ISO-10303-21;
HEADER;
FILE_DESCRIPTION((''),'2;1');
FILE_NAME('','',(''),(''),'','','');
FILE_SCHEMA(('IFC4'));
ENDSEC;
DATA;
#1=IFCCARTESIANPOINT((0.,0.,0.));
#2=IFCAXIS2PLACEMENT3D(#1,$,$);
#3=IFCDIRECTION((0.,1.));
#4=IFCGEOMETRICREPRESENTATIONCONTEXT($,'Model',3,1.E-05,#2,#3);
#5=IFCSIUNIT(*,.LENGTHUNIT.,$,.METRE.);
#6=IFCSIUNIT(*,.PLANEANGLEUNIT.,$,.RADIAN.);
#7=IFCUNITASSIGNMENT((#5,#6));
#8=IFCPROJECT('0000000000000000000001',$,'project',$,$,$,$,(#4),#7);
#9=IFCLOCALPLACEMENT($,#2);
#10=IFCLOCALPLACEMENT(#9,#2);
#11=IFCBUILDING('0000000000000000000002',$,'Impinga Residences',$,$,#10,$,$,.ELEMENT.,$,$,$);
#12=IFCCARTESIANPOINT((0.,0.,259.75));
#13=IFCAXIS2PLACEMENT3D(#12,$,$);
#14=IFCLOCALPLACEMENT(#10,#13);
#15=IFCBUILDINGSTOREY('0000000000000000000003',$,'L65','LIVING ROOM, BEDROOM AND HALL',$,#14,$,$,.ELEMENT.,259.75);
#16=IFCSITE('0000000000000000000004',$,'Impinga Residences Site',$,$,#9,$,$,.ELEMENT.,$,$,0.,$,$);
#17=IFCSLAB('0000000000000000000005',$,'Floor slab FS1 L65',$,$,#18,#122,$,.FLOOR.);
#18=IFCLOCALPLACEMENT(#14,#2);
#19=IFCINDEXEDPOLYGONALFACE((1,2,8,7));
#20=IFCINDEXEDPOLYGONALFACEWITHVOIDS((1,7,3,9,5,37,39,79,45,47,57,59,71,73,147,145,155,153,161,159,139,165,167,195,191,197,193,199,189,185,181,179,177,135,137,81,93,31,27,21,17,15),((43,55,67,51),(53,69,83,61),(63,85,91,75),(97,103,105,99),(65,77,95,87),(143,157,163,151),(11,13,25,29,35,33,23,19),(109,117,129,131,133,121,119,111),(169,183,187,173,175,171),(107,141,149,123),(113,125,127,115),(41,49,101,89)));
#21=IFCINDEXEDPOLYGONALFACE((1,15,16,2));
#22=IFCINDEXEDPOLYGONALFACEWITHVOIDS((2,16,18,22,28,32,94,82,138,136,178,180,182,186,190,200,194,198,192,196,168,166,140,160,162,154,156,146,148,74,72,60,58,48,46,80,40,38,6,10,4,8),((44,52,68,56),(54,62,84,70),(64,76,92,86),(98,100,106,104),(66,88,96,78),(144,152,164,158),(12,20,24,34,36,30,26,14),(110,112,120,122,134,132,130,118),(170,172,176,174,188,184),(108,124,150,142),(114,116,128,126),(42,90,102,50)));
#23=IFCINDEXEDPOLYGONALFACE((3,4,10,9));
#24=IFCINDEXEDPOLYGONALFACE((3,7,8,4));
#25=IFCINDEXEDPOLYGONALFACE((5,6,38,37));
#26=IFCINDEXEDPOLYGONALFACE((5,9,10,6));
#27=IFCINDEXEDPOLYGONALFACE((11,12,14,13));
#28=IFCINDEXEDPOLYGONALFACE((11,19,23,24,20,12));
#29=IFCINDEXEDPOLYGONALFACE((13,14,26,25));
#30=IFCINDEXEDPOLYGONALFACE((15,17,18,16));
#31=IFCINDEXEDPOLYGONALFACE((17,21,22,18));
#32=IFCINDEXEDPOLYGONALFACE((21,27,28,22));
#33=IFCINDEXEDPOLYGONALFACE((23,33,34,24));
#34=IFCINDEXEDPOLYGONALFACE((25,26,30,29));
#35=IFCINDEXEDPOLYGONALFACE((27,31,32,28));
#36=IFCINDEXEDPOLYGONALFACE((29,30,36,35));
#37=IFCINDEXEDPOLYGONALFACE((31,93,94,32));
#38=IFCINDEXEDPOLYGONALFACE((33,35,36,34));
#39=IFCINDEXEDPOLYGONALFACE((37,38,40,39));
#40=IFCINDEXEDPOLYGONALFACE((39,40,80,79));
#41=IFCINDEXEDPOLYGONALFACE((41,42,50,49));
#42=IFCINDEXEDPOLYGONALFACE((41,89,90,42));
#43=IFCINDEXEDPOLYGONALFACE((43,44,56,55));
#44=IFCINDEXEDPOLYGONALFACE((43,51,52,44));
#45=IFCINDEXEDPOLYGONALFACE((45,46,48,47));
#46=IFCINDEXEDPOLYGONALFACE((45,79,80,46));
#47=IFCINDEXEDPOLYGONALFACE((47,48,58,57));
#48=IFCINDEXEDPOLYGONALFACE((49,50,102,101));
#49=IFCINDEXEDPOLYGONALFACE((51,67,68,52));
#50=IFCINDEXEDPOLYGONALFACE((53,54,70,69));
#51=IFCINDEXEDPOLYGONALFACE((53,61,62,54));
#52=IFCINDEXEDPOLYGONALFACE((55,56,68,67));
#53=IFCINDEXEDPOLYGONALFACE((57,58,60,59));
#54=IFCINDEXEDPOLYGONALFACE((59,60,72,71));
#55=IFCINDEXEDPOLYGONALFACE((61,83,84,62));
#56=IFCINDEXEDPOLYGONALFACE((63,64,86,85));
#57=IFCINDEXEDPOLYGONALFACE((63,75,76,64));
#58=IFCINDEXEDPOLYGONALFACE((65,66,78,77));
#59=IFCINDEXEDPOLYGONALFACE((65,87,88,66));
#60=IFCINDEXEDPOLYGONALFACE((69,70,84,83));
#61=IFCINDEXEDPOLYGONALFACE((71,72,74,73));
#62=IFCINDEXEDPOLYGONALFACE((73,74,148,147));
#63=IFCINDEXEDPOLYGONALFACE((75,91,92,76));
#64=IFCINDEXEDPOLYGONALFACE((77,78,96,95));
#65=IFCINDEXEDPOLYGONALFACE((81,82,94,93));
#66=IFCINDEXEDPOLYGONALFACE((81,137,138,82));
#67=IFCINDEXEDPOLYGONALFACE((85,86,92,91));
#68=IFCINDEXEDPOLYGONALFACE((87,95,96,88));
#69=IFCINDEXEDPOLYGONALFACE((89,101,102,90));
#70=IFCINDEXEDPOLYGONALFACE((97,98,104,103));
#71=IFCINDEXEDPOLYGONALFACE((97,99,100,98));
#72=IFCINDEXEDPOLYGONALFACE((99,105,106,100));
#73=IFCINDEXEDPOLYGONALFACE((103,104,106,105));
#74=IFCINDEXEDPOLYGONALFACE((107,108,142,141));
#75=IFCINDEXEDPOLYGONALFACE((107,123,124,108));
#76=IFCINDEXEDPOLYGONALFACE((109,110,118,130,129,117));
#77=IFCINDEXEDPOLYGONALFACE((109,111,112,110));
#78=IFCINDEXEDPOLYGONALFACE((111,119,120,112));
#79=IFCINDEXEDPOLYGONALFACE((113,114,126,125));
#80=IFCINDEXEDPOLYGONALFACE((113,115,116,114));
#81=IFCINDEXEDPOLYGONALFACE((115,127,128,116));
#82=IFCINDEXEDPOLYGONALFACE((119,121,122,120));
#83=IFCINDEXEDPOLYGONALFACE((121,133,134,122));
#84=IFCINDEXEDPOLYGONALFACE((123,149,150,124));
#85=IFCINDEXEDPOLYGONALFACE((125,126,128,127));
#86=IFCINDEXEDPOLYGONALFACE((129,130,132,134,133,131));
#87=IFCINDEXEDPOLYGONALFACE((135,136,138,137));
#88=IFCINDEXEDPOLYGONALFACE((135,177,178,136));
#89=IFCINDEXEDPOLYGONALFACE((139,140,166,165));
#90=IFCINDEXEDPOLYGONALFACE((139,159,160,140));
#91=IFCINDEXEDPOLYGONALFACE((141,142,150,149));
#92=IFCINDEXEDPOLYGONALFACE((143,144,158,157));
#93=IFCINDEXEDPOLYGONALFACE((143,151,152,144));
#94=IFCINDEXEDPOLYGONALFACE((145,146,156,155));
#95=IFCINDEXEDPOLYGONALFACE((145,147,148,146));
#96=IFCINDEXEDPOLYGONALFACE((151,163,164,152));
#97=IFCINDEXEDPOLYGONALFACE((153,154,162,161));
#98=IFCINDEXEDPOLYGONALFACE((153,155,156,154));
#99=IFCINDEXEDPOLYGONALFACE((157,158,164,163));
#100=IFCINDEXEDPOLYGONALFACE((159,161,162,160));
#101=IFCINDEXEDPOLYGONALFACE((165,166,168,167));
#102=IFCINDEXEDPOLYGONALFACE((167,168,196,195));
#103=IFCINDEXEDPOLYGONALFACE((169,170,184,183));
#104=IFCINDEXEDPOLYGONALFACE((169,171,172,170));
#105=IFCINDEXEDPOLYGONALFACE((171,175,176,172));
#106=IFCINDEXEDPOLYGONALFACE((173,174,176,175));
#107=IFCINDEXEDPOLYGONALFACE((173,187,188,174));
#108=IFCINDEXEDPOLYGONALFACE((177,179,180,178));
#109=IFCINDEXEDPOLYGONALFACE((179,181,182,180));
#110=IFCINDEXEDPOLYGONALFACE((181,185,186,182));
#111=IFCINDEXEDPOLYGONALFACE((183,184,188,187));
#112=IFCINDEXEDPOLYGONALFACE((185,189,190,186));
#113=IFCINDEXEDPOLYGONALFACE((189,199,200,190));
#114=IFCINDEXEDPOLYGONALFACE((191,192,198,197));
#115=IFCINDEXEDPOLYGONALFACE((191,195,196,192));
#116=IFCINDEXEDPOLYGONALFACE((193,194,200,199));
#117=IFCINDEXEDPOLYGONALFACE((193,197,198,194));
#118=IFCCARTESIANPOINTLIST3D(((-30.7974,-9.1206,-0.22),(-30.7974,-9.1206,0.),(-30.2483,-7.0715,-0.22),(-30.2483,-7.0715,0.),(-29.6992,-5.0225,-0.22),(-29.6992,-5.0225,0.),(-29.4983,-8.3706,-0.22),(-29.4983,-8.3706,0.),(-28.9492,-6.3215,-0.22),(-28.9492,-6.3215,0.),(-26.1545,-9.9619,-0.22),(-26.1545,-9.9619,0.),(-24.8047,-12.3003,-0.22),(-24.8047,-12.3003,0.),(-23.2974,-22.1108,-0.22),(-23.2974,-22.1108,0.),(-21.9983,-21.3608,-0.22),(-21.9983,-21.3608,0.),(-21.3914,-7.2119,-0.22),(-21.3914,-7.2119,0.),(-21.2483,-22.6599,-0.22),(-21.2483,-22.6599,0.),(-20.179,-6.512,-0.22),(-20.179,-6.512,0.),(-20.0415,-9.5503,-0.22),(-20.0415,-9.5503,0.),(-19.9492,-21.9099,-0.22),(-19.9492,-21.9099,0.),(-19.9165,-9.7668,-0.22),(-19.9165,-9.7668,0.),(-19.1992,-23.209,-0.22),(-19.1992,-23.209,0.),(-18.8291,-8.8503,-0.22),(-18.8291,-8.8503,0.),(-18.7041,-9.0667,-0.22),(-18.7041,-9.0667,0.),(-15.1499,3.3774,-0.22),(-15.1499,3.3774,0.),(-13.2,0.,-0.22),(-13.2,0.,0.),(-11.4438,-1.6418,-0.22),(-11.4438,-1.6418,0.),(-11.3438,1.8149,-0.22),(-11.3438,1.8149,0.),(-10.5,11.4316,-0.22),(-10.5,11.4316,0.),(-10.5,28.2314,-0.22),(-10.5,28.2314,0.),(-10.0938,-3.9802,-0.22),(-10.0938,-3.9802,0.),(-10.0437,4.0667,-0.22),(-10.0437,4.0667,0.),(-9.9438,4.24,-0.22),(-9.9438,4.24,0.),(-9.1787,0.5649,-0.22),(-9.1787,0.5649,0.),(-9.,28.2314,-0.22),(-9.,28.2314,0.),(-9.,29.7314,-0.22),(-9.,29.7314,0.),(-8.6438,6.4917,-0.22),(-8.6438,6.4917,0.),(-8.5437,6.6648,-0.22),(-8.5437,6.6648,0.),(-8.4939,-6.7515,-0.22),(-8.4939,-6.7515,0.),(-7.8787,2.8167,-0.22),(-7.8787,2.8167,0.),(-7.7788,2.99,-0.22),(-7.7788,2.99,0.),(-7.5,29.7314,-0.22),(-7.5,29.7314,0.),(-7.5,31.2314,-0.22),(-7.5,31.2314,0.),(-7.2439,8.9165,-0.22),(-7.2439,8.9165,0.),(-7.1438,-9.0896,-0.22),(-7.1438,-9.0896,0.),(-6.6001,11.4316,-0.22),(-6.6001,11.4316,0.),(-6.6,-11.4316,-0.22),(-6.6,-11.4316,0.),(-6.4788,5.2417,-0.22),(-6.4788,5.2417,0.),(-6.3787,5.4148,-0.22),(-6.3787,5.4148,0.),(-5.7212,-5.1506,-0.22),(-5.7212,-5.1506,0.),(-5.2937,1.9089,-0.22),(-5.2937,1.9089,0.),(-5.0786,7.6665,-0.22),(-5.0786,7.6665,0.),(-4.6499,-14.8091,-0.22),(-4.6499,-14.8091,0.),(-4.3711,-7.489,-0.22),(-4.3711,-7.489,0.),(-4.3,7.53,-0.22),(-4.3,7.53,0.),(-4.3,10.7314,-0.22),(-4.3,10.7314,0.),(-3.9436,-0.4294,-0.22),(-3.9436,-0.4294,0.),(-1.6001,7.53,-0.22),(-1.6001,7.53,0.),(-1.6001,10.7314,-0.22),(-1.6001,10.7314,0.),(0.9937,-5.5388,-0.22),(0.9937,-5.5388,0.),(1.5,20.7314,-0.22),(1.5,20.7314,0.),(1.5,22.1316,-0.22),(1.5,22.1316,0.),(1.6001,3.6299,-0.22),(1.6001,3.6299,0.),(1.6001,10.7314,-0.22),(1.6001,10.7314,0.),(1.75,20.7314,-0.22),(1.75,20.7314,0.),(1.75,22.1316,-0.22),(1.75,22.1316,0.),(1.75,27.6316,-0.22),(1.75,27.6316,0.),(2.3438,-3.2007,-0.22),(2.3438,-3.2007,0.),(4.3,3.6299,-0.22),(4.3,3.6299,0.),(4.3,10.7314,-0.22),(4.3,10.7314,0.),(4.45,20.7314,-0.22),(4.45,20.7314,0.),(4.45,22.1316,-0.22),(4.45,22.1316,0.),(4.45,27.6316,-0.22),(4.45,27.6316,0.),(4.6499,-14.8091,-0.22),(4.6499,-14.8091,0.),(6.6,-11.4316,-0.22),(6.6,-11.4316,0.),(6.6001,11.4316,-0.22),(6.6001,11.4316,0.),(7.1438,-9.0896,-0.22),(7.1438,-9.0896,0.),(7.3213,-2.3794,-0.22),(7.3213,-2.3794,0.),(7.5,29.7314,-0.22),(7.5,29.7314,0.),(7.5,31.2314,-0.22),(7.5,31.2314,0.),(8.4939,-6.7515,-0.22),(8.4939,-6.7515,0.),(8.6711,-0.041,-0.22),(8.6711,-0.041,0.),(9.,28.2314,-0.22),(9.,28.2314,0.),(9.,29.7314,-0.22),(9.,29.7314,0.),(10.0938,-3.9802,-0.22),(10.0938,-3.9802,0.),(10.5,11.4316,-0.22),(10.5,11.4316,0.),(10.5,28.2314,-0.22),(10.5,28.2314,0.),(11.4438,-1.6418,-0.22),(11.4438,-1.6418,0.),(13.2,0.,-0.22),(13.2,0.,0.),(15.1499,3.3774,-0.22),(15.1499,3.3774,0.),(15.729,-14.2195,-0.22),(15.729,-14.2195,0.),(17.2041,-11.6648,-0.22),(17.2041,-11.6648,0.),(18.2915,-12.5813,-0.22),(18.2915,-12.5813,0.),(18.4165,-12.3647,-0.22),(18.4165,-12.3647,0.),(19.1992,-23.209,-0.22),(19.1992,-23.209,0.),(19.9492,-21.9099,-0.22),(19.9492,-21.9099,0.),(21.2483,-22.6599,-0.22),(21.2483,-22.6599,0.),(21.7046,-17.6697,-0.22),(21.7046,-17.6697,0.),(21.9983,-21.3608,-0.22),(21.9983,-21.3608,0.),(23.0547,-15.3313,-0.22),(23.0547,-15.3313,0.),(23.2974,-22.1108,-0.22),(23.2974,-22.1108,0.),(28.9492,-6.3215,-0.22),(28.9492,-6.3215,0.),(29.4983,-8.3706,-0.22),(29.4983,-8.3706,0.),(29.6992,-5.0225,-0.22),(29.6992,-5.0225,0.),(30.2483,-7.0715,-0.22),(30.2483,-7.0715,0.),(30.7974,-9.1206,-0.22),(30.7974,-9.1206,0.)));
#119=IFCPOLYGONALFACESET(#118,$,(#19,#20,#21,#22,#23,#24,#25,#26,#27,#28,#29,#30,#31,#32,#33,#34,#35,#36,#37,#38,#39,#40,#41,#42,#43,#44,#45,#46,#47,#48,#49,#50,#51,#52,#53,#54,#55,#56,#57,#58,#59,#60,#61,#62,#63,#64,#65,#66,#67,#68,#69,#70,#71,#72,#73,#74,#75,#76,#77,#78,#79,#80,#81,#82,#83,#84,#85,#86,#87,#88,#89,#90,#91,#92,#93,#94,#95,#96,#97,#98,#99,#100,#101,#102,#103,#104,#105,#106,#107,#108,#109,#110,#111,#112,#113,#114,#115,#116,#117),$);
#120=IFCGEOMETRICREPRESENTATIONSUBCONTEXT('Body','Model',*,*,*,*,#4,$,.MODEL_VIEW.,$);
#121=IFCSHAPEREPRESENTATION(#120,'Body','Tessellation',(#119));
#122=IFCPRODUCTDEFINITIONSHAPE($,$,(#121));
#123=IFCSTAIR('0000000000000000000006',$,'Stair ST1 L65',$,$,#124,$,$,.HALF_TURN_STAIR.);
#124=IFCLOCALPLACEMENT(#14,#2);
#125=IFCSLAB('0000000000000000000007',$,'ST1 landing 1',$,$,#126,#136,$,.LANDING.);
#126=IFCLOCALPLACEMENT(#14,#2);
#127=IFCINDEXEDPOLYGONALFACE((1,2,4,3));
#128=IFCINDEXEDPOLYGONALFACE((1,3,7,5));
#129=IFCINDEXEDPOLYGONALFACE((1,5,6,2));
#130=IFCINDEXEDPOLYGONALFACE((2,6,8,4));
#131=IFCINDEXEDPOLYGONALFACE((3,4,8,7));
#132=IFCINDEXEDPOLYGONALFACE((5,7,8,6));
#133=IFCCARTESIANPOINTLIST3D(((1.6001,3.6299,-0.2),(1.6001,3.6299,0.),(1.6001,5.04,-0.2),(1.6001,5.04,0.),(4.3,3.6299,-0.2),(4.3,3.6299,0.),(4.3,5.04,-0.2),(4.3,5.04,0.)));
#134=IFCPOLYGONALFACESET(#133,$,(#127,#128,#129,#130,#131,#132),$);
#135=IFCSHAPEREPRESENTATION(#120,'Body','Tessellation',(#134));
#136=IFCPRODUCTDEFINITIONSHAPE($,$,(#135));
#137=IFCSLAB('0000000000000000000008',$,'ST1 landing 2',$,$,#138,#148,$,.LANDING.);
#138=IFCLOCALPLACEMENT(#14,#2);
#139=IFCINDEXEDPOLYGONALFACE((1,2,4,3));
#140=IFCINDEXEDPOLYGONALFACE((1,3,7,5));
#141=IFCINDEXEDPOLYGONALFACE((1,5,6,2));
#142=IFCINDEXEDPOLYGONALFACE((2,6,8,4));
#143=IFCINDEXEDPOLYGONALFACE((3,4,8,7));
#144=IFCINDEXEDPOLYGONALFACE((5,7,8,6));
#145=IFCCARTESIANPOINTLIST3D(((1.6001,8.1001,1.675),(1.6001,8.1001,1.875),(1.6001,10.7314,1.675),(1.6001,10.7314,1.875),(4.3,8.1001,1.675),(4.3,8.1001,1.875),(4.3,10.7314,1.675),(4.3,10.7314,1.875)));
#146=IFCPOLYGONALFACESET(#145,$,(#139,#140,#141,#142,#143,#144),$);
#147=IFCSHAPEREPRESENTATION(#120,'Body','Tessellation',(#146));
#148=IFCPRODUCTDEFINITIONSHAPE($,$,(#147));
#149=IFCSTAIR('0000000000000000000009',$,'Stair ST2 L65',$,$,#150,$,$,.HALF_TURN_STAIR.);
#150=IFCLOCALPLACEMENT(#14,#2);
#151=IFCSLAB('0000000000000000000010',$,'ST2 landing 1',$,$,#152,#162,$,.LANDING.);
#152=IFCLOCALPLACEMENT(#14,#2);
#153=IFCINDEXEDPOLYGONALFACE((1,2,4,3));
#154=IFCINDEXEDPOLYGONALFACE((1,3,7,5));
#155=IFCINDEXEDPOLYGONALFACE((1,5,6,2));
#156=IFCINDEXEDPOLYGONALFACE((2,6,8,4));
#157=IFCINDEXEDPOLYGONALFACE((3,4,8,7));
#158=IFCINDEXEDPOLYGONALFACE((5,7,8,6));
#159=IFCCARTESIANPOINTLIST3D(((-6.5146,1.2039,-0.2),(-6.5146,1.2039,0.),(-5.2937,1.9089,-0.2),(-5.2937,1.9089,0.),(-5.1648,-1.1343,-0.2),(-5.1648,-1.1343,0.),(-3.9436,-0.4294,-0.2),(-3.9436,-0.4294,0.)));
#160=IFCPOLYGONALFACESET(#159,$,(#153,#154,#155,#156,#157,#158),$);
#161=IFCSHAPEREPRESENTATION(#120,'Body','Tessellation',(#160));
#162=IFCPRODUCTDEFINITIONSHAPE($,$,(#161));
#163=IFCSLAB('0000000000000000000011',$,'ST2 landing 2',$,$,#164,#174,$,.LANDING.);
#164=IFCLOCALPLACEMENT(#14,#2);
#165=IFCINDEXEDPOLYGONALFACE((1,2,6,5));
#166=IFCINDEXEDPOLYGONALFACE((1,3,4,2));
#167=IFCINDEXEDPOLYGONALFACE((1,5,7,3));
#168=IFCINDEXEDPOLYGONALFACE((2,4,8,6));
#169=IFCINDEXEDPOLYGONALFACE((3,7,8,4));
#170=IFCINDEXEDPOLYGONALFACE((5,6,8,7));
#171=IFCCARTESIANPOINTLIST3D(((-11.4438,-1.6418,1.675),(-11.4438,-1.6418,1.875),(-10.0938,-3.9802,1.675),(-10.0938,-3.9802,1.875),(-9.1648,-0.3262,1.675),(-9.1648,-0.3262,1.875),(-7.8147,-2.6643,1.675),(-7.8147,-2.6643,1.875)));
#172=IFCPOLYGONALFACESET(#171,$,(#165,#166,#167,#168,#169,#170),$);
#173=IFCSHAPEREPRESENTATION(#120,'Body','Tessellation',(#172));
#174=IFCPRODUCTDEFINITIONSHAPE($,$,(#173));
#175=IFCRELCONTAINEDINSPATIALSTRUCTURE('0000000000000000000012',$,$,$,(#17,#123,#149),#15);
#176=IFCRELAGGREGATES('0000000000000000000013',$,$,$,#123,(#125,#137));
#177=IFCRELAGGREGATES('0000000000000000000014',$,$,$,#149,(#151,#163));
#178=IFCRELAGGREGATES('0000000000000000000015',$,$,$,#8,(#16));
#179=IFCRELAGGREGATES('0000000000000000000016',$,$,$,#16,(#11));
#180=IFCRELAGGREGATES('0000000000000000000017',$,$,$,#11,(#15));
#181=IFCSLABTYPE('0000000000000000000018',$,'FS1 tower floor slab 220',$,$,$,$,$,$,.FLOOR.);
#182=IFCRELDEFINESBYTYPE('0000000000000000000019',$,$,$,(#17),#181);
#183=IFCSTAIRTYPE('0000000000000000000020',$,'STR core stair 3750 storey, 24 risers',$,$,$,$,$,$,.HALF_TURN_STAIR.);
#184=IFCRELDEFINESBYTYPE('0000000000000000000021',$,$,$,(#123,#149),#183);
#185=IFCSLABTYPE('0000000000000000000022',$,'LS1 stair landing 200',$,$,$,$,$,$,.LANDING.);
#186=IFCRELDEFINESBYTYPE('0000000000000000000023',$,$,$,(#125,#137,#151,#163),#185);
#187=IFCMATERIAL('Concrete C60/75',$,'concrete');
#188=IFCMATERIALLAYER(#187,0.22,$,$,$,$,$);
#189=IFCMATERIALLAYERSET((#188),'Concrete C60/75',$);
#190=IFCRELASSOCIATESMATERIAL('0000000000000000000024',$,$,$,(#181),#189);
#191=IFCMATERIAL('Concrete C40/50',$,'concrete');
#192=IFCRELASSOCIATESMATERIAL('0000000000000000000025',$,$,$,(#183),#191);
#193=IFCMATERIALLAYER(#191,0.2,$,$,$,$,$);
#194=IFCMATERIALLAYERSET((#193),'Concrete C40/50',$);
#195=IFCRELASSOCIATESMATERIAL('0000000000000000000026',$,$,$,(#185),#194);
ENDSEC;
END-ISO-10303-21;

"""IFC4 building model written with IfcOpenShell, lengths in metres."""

from ifc_helpers import new_model, si_unit, direction, frame, origin, place, context, subcontext, project, spatial, polyline, outline, extrude, material, layer, layer_set, type_object, element, aggregate, save


model = new_model("IFC4")

# Units and contexts
model_context = context("Model", 3, precision=1e-05, world=origin(), true_north=direction((0.0, 1.0)))
body_context = subcontext(model_context, "Body", "Model", "MODEL_VIEW")
ifc_project = project(units=[si_unit("LENGTHUNIT", "METRE"), si_unit("PLANEANGLEUNIT", "RADIAN")], contexts=[model_context])

# Site, building, storey
site_placement = place(None, origin())
site = spatial("IfcSite", under=ifc_project, at=site_placement, Name="Impinga Residences Site", CompositionType="ELEMENT", RefElevation=0.0)
building_placement = place(site_placement, origin())
building = spatial("IfcBuilding", under=site, at=building_placement, Name="Impinga Residences", CompositionType="ELEMENT")
storey_placement = place(building_placement, frame((0.0, 0.0, 259.75)))
storey = spatial("IfcBuildingStorey", under=building, at=storey_placement, Name="L65", Description="LIVING ROOM, BEDROOM AND HALL", CompositionType="ELEMENT", Elevation=259.75)

# Slab
ifc_material_1 = material(Name="Concrete C60/75", Category="concrete")
ifc_layer_1 = layer(ifc_material_1, 0.22)
ifc_layer_set_1 = layer_set([ifc_layer_1], Name="Concrete C60/75")
slab_type_1 = type_object("IfcSlabType", Name="FS1 tower floor slab 220", PredefinedType="FLOOR", material=ifc_layer_set_1)
slab_1_placement = place(storey_placement, frame((0.0, 0.0, -0.22)))
element("IfcSlab", 1, at=slab_1_placement, inside=storey, type_object=slab_type_1, Name="Floor slab FS1 L65", PredefinedType="FLOOR", context=body_context, shape_type="SweptSolid", body=[
    extrude(outline(polyline([(-19.9492, -21.9099), (-21.2483, -22.6599), (-21.9983, -21.3608), (-23.2974, -22.1108), (-30.7974, -9.1206), (-29.4983, -8.3706), (-30.2483, -7.0715), (-28.9492, -6.3215), (-29.6992, -5.0225), (-15.1499, 3.3774), (-13.2, 0.0), (-6.6001, 11.4316), (-10.5, 11.4316), (-10.5, 28.2314), (-9.0, 28.2314), (-9.0, 29.7314), (-7.5, 29.7314), (-7.5, 31.2314), (7.5, 31.2314), (7.5, 29.7314), (9.0, 29.7314), (9.0, 28.2314), (10.5, 28.2314), (10.5, 11.4316), (6.6001, 11.4316), (13.2, 0.0), (15.1499, 3.3774), (29.6992, -5.0225), (28.9492, -6.3215), (30.2483, -7.0715), (29.4983, -8.3706), (30.7974, -9.1206), (23.2974, -22.1108), (21.9983, -21.3608), (21.2483, -22.6599), (19.9492, -21.9099), (19.1992, -23.209), (4.6499, -14.8091), (9.9001, -5.7158), (6.6001, -11.4316), (-6.6001, -11.4316), (-9.9001, -5.7158), (-4.6499, -14.8091), (-19.1992, -23.209), (-19.9492, -21.9099)]), holes=[polyline([(-18.7041, -9.0667), (-18.8291, -8.8503), (-18.8291, -8.8503), (-20.179, -6.512), (-21.3914, -7.2119), (-21.3914, -7.2119), (-26.1545, -9.9619), (-24.8047, -12.3003), (-20.0415, -9.5503), (-19.9165, -9.7668), (-18.7041, -9.0667)]), polyline([(-5.7212, -5.1506), (-8.4939, -6.7515), (-7.1438, -9.0896), (-4.3711, -7.489), (-5.7212, -5.1506)]), polyline([(-5.2937, 1.9089), (-11.4438, -1.6418), (-10.0938, -3.9802), (-3.9436, -0.4294), (-5.2937, 1.9089)]), polyline([(-7.8787, 2.8167), (-10.0437, 4.0667), (-11.3438, 1.8149), (-9.1787, 0.5649), (-7.8787, 2.8167)]), polyline([(-6.4788, 5.2417), (-8.6438, 6.4917), (-9.9438, 4.24), (-7.7788, 2.99), (-6.4788, 5.2417)]), polyline([(-6.3787, 5.4148), (-5.0786, 7.6665), (-7.2439, 8.9165), (-8.5437, 6.6648), (-6.3787, 5.4148)]), polyline([(-4.3, 7.53), (-1.6001, 7.53), (-1.6001, 10.7314), (-4.3, 10.7314), (-4.3, 7.53)]), polyline([(15.729, -14.2195), (21.7046, -17.6697), (23.0547, -15.3313), (18.2915, -12.5813), (18.4165, -12.3647), (17.2041, -11.6648), (15.729, -14.2195)]), polyline([(0.9937, -5.5388), (7.1438, -9.0896), (8.4939, -6.7515), (2.3438, -3.2007), (0.9937, -5.5388)]), polyline([(7.3213, -2.3794), (10.0938, -3.9802), (11.4438, -1.6418), (8.6711, -0.041), (7.3213, -2.3794)]), polyline([(4.3, 3.6299), (4.3, 10.7314), (1.6001, 10.7314), (1.6001, 3.6299), (4.3, 3.6299)]), polyline([(1.75, 22.1316), (1.5, 22.1316), (1.5, 20.7314), (1.75, 20.7314), (4.45, 20.7314), (4.45, 22.1316), (4.45, 27.6316), (1.75, 27.6316), (1.75, 22.1316)])]), origin(), (0.0, 0.0, 1.0), 0.22),
])

# Stairs, slabs
ifc_material_2 = material(Name="Concrete C40/50", Category="concrete")
stair_type_1 = type_object("IfcStairType", Name="STR core stair 3750 storey, 24 risers", PredefinedType="HALF_TURN_STAIR", material=ifc_material_2)
stair_1_placement = place(storey_placement, origin())
stair_1 = element("IfcStair", 2, at=stair_1_placement, inside=storey, type_object=stair_type_1, Name="Stair ST1 L65", PredefinedType="HALF_TURN_STAIR")
ifc_layer_2 = layer(ifc_material_2, 0.2)
ifc_layer_set_2 = layer_set([ifc_layer_2], Name="Concrete C40/50")
slab_type_2 = type_object("IfcSlabType", Name="LS1 stair landing 200", PredefinedType="LANDING", material=ifc_layer_set_2)
slab_2_placement = place(storey_placement, frame((0.0, 0.0, -0.2)))
slab_2 = element("IfcSlab", 3, at=slab_2_placement, type_object=slab_type_2, Name="ST1 landing 1", PredefinedType="LANDING", context=body_context, shape_type="SweptSolid", body=[
    extrude(outline(polyline([(1.6001, 3.6299), (4.3, 3.6299), (4.3, 5.04), (1.6001, 5.04), (1.6001, 3.6299)])), origin(), (0.0, 0.0, 1.0), 0.2),
])
slab_3_placement = place(storey_placement, frame((0.0, 0.0, 1.675)))
slab_3 = element("IfcSlab", 4, at=slab_3_placement, type_object=slab_type_2, Name="ST1 landing 2", PredefinedType="LANDING", context=body_context, shape_type="SweptSolid", body=[
    extrude(outline(polyline([(1.6001, 8.1001), (4.3, 8.1001), (4.3, 10.7314), (1.6001, 10.7314), (1.6001, 8.1001)])), origin(), (0.0, 0.0, 1.0), 0.2),
])
aggregate(stair_1, [slab_2, slab_3])
stair_2_placement = place(storey_placement, origin())
stair_2 = element("IfcStair", 5, at=stair_2_placement, inside=storey, type_object=stair_type_1, Name="Stair ST2 L65", PredefinedType="HALF_TURN_STAIR")
slab_4_placement = place(storey_placement, frame((0.0, 0.0, -0.2)))
slab_4 = element("IfcSlab", 6, at=slab_4_placement, type_object=slab_type_2, Name="ST2 landing 1", PredefinedType="LANDING", context=body_context, shape_type="SweptSolid", body=[
    extrude(outline(polyline([(-3.9436, -0.4294), (-5.2937, 1.9089), (-6.5146, 1.2039), (-5.1648, -1.1343), (-3.9436, -0.4294)])), origin(), (0.0, 0.0, 1.0), 0.2),
])
slab_5_placement = place(storey_placement, frame((0.0, 0.0, 1.675)))
slab_5 = element("IfcSlab", 7, at=slab_5_placement, type_object=slab_type_2, Name="ST2 landing 2", PredefinedType="LANDING", context=body_context, shape_type="SweptSolid", body=[
    extrude(outline(polyline([(-7.8147, -2.6643), (-9.1648, -0.3262), (-11.4438, -1.6418), (-10.0938, -3.9802), (-7.8147, -2.6643)])), origin(), (0.0, 0.0, 1.0), 0.2),
])
aggregate(stair_2, [slab_4, slab_5])

save(model, "model.ifc")
